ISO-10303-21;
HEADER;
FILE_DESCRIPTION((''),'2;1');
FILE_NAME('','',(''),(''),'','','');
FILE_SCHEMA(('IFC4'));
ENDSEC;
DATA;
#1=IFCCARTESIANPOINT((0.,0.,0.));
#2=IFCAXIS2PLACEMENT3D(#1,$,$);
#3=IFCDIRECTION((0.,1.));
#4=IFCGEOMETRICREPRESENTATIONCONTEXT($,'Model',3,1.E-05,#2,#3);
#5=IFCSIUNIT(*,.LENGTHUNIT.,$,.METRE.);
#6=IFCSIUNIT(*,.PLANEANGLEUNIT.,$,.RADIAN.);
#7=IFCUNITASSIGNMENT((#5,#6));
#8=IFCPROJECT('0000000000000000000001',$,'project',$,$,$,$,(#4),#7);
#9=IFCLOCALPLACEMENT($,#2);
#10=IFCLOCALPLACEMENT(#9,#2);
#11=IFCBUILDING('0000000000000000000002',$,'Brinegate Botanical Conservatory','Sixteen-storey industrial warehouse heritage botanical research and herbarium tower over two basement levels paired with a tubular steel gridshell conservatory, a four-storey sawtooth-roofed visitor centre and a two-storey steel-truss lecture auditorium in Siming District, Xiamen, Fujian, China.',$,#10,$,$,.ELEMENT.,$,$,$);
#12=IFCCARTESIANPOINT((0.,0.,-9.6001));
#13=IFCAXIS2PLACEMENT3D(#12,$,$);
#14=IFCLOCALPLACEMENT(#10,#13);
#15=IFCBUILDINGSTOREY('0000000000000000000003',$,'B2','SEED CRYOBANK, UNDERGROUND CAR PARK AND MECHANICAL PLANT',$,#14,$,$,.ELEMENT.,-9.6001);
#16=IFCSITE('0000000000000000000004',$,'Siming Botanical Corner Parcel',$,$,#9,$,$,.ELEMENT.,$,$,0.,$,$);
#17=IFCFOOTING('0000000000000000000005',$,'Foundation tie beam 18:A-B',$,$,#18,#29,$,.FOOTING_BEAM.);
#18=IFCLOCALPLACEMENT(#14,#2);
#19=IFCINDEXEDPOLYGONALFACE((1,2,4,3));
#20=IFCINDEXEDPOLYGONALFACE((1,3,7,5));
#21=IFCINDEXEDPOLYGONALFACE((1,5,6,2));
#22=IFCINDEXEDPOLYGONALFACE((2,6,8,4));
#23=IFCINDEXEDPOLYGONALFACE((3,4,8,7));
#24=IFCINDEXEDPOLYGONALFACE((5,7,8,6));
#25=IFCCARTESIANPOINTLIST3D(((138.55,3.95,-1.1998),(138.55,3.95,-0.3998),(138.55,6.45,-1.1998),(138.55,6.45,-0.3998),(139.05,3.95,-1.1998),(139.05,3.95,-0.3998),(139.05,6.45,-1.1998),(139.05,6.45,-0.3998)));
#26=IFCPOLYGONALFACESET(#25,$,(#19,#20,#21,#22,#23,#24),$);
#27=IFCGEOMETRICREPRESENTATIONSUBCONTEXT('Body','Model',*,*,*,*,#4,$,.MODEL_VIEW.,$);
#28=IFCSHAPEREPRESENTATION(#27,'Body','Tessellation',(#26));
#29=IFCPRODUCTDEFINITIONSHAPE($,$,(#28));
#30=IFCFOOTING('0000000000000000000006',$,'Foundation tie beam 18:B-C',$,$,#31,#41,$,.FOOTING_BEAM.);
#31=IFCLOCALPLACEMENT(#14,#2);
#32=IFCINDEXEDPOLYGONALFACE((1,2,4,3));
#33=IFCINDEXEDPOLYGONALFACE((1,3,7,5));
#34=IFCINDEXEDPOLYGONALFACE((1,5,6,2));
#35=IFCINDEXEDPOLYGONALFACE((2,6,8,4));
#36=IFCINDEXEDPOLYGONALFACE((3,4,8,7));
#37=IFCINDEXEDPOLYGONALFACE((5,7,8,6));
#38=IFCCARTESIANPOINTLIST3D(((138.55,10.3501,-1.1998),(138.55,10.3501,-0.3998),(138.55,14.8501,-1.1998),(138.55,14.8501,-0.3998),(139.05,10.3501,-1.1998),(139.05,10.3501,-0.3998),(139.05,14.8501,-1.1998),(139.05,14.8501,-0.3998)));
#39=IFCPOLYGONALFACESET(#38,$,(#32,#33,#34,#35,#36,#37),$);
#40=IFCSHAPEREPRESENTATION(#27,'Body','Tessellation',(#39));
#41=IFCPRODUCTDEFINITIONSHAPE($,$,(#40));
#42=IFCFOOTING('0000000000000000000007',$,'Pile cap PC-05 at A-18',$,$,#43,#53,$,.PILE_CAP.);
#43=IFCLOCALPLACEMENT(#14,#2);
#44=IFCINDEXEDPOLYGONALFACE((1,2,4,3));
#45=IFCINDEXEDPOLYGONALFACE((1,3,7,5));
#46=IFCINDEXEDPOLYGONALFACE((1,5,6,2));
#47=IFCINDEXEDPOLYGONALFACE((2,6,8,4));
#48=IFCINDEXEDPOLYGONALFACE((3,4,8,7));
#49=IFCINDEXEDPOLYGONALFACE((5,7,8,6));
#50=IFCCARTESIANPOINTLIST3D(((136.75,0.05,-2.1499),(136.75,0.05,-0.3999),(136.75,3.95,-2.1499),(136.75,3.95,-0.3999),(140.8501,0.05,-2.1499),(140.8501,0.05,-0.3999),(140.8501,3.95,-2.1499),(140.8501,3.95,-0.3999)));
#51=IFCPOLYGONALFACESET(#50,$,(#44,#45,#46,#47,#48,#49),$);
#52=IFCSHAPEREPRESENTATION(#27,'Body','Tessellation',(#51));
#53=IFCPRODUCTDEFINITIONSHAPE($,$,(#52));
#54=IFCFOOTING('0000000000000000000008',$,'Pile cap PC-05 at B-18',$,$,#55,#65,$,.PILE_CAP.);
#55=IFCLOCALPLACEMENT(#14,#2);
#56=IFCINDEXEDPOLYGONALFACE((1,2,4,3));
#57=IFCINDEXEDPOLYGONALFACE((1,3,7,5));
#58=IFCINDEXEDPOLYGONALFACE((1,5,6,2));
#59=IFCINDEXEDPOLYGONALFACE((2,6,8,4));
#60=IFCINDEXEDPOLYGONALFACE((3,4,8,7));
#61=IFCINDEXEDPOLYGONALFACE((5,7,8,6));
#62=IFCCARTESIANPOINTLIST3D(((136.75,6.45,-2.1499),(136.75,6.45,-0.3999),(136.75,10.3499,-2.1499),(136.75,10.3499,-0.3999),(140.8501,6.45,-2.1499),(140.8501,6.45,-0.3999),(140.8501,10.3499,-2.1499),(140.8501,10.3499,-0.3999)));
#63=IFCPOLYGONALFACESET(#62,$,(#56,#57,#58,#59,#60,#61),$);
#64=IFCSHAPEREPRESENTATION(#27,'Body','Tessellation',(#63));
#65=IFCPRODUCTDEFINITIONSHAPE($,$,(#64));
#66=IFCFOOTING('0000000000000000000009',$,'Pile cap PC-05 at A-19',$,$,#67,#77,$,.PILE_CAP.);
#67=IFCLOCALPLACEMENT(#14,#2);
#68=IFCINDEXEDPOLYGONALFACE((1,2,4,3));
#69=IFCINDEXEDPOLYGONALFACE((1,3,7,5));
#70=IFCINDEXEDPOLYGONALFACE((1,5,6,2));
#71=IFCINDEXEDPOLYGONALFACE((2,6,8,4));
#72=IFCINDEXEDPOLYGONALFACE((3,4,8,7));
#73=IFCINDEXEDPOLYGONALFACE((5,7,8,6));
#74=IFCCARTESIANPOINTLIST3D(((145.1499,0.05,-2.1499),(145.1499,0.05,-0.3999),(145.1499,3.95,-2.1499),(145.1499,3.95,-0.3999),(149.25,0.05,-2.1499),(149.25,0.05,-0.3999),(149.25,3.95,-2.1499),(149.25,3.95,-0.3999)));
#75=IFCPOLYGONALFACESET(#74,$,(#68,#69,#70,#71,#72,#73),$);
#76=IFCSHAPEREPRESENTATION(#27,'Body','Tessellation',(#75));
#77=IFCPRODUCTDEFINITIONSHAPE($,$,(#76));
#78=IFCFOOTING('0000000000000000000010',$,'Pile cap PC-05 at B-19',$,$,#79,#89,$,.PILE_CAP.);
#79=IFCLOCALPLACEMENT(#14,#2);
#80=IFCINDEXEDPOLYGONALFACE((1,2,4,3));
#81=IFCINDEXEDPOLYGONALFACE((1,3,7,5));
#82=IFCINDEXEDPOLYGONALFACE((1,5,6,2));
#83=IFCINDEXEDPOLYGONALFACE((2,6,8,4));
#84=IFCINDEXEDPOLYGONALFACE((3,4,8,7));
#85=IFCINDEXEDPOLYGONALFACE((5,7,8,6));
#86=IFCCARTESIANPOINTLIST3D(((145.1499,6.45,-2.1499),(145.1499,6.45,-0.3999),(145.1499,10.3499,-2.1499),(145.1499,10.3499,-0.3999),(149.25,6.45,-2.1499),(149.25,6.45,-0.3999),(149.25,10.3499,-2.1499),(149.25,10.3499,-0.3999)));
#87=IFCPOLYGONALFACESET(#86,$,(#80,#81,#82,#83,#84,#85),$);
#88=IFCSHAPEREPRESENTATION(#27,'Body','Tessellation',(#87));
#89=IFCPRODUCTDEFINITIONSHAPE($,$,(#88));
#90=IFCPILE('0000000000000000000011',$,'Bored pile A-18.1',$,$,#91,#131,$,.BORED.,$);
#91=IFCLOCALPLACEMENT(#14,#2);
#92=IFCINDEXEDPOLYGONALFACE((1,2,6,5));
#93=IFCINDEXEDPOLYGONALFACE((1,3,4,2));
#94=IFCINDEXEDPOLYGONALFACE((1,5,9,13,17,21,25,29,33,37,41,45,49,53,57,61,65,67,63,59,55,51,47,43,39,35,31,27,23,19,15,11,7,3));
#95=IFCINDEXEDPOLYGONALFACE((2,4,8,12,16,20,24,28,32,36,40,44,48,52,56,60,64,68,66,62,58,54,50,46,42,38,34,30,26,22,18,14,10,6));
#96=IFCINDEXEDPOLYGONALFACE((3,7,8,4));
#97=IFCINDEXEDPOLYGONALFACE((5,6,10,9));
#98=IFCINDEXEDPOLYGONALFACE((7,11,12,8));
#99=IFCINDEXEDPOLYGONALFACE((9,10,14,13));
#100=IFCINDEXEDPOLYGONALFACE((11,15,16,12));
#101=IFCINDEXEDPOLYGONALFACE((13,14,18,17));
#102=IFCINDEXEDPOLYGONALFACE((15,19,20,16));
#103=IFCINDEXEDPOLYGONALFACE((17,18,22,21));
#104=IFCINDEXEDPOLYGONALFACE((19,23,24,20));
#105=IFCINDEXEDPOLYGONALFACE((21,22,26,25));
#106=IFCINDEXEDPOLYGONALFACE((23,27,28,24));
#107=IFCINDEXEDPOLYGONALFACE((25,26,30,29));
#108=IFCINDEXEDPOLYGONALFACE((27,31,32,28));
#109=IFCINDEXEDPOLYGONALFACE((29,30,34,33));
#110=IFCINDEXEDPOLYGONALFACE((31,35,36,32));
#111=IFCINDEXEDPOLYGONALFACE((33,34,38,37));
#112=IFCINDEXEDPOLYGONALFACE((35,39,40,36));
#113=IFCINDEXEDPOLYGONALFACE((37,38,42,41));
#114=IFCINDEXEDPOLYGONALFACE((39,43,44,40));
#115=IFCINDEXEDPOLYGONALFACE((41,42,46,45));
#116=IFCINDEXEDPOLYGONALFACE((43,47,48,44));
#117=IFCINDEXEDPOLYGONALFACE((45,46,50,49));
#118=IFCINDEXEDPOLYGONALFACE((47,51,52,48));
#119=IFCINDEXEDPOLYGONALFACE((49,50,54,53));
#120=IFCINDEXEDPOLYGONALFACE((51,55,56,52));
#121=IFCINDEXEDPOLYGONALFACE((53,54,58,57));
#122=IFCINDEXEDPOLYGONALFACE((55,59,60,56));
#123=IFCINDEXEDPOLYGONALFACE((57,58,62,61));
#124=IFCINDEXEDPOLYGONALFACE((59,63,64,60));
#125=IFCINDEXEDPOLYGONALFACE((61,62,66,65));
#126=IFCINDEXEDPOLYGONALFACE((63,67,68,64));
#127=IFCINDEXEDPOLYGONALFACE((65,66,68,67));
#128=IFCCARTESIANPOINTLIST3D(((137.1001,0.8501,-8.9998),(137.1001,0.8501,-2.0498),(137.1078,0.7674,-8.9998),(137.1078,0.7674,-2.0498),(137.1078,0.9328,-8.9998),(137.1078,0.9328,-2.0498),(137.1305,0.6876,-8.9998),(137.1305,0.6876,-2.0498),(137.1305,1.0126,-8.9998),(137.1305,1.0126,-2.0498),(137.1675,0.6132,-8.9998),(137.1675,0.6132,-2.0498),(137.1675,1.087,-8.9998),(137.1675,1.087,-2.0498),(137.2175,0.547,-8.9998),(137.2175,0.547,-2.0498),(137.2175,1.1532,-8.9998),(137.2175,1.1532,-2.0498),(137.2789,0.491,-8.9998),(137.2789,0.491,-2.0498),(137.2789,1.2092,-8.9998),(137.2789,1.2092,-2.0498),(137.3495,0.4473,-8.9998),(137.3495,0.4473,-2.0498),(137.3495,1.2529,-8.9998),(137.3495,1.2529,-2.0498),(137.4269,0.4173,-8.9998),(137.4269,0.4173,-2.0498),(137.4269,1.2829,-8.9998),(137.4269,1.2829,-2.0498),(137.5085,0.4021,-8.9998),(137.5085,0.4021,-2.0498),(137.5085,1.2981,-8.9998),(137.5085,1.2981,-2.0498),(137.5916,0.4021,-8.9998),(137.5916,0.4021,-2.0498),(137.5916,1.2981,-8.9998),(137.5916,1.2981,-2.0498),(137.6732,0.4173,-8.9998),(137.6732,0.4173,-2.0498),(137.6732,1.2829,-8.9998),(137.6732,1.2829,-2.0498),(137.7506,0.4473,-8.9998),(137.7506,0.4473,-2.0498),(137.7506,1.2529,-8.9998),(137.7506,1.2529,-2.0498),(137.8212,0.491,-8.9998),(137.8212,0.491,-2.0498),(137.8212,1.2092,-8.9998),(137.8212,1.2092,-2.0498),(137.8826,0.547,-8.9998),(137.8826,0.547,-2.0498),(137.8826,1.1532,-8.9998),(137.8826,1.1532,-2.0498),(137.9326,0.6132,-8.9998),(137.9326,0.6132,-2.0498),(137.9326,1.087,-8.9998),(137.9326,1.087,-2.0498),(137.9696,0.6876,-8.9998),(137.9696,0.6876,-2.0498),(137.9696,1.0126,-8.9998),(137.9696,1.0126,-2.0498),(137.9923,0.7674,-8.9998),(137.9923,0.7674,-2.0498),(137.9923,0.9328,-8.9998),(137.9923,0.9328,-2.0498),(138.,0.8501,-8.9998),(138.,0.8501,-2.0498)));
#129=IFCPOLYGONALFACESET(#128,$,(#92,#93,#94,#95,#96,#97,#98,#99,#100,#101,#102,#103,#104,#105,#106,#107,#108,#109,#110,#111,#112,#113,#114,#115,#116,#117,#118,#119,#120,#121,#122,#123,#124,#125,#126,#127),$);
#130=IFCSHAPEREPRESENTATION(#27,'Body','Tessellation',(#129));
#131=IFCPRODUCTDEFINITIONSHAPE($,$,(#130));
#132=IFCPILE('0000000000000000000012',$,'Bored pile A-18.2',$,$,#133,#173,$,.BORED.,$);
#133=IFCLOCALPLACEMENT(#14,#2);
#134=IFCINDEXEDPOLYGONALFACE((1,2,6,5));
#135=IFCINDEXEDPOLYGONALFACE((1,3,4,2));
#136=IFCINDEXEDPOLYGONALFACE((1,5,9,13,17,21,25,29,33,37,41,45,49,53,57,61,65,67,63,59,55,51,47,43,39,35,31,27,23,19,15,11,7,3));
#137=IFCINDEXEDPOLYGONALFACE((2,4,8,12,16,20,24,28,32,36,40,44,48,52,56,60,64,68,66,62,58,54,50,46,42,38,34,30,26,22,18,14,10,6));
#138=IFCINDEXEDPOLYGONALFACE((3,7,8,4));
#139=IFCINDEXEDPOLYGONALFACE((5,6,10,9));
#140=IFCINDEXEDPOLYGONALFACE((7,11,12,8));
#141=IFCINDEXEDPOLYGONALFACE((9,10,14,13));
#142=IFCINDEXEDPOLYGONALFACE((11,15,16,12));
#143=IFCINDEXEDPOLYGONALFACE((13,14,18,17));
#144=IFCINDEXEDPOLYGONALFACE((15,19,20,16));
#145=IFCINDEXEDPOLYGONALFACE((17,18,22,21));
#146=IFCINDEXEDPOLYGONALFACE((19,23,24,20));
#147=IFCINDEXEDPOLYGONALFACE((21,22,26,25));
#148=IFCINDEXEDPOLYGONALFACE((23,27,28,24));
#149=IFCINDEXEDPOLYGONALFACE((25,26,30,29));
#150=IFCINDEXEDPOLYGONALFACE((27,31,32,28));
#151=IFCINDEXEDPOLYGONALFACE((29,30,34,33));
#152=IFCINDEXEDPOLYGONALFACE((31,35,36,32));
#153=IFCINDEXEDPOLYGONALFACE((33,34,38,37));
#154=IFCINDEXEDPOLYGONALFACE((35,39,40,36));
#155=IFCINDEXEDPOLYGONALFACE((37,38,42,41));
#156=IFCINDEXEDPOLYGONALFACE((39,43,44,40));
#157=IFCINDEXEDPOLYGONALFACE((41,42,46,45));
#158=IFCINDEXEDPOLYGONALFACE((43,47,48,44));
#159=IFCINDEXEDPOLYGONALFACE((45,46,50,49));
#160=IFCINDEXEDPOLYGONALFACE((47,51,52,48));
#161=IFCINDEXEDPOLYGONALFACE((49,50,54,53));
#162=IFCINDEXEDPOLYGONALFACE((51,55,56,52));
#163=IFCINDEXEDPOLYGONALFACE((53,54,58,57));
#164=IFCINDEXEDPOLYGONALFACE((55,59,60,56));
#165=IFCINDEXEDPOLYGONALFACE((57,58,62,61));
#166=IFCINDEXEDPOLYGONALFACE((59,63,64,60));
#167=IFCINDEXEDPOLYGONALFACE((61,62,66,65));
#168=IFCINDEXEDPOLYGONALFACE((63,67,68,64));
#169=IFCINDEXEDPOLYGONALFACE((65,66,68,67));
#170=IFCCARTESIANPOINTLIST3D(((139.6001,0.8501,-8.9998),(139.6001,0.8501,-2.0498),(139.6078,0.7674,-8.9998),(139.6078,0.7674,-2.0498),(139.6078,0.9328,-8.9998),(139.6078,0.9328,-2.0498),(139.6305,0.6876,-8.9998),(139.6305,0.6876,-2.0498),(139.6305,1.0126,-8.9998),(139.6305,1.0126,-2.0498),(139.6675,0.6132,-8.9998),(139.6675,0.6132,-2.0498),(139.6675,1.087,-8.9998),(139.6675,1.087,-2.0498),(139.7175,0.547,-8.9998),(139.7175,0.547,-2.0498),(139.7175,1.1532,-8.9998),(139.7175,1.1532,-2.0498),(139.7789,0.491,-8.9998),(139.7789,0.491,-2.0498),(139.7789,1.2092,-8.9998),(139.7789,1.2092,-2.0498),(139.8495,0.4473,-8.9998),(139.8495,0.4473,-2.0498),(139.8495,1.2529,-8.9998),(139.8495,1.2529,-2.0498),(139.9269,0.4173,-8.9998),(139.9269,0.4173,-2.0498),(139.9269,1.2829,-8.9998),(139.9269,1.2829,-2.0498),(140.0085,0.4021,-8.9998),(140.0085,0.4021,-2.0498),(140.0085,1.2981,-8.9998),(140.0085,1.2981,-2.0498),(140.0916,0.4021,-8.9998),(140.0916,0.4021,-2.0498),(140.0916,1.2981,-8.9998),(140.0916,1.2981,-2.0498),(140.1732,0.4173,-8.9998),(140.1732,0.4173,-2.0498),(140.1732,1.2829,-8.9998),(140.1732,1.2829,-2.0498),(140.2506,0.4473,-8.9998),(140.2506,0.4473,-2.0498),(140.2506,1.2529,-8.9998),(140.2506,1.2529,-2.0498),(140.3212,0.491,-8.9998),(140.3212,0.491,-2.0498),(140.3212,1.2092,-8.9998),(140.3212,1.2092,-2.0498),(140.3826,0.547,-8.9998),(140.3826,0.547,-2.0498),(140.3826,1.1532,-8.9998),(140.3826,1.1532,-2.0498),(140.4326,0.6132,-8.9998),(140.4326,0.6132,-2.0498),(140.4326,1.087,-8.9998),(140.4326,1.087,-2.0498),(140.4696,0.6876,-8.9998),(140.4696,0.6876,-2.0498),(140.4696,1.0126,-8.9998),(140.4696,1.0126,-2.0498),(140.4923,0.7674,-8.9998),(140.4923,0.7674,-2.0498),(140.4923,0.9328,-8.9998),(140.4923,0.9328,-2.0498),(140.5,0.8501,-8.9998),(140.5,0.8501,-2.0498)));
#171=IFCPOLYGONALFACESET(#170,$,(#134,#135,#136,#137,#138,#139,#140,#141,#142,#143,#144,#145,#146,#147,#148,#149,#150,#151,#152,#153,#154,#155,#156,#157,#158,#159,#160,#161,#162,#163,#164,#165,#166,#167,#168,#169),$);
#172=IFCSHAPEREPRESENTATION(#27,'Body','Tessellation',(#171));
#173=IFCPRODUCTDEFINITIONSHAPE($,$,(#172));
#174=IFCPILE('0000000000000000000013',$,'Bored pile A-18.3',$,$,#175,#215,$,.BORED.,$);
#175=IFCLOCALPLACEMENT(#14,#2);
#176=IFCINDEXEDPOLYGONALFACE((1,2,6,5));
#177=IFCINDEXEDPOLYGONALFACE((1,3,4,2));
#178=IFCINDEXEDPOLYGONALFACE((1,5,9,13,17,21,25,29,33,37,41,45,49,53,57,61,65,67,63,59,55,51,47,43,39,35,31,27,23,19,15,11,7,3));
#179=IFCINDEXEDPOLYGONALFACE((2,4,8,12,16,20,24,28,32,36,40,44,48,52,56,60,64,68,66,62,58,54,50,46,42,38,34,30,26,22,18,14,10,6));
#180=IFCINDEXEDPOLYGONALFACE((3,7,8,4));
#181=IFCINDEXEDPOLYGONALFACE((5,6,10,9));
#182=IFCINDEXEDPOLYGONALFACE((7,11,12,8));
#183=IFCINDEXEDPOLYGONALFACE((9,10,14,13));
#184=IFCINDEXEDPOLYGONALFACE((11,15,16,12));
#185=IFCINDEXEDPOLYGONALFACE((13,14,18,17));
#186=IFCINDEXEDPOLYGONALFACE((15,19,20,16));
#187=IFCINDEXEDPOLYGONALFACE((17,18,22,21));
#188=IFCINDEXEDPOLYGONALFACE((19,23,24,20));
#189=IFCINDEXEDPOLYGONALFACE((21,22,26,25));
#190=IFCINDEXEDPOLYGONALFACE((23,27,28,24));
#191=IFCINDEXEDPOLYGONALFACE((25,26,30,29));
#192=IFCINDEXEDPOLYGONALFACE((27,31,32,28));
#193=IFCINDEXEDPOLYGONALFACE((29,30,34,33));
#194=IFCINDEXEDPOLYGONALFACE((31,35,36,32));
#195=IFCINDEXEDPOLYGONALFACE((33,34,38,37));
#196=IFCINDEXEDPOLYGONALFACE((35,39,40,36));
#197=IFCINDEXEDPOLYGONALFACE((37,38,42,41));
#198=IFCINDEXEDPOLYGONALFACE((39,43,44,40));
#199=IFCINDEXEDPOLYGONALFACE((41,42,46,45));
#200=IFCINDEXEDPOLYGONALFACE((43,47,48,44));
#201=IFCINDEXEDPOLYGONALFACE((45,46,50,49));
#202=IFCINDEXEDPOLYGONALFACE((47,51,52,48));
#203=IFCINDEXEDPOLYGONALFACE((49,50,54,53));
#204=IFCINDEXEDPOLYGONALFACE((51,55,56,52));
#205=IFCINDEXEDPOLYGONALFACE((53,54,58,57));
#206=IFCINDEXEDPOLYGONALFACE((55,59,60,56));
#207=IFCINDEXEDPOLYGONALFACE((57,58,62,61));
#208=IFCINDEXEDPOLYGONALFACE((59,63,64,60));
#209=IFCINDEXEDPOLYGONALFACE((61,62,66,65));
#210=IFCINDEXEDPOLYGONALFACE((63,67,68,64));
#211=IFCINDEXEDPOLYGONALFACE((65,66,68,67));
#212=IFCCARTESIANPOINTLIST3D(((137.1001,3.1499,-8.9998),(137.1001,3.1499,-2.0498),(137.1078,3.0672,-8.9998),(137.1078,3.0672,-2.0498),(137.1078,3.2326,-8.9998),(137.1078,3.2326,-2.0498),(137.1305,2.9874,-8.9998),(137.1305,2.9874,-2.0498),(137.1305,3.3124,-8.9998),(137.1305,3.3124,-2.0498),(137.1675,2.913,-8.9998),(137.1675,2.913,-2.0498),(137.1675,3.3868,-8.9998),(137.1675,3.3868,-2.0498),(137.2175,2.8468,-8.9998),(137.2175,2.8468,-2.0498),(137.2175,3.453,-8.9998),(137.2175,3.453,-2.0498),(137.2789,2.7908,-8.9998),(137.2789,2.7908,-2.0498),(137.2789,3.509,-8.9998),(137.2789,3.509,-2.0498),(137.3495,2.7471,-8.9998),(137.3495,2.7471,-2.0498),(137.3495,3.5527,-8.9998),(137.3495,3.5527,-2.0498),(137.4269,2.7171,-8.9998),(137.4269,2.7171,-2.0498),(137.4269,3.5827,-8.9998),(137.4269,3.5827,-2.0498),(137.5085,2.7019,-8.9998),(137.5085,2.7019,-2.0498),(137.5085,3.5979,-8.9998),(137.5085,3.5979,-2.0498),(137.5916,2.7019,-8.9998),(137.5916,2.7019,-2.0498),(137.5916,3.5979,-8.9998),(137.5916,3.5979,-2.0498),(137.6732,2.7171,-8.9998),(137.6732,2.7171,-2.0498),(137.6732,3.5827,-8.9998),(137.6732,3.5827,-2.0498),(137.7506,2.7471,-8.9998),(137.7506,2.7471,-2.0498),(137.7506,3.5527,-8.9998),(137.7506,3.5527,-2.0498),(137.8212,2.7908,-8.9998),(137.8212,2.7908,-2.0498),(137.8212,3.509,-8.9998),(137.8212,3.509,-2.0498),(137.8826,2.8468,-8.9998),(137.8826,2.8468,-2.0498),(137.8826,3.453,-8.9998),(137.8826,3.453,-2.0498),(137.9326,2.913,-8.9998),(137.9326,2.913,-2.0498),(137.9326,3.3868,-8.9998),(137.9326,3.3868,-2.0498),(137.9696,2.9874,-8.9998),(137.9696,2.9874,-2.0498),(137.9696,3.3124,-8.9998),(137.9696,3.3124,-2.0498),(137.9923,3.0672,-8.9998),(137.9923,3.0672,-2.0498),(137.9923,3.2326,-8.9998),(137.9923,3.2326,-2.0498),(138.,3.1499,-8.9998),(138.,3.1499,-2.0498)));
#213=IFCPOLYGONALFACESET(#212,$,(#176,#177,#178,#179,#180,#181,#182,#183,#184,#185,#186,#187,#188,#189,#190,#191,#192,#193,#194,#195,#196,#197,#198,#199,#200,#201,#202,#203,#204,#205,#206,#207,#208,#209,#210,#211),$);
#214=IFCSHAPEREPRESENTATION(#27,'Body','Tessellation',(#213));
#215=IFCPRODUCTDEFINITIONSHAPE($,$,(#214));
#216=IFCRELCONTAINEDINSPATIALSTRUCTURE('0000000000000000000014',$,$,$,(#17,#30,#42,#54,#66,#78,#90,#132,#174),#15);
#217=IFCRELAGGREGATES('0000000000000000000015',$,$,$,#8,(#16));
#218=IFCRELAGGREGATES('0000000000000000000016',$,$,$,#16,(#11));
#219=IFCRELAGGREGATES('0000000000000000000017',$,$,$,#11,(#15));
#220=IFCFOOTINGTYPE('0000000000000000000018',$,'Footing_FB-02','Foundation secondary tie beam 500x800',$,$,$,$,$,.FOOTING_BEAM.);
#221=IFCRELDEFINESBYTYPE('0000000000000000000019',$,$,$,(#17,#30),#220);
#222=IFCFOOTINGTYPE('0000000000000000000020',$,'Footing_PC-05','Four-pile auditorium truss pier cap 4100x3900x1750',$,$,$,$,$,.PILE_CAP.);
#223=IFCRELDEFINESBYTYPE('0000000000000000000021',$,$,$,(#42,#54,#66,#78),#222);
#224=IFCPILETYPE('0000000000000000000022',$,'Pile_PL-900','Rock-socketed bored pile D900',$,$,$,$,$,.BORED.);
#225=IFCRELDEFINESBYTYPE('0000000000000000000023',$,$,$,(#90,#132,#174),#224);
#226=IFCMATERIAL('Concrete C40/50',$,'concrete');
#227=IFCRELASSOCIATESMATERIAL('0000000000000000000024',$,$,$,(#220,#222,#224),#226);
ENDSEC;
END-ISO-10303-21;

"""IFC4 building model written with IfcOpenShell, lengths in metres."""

from ifc_helpers import new_model, si_unit, direction, frame, origin, origin_2d, place, context, subcontext, project, spatial, rectangle, circle, extrude, material, material_profile, profile_set, type_object, element, save


model = new_model("IFC4")

# Units and contexts
model_context = context("Model", 3, precision=1e-05, world=origin(), true_north=direction((0.0, 1.0)))
body_context = subcontext(model_context, "Body", "Model", "MODEL_VIEW")
ifc_project = project(units=[si_unit("LENGTHUNIT", "METRE"), si_unit("PLANEANGLEUNIT", "RADIAN")], contexts=[model_context])

# Site, building, storey
site_placement = place(None, origin())
site = spatial("IfcSite", under=ifc_project, at=site_placement, Name="Siming Botanical Corner Parcel", CompositionType="ELEMENT", RefElevation=0.0)
building_placement = place(site_placement, origin())
building = spatial("IfcBuilding", under=site, at=building_placement, Name="Brinegate Botanical Conservatory", Description="Sixteen-storey industrial warehouse heritage botanical research and herbarium tower over two basement levels paired with a tubular steel gridshell conservatory, a four-storey sawtooth-roofed visitor centre and a two-storey steel-truss lecture auditorium in Siming District, Xiamen, Fujian, China.", CompositionType="ELEMENT")
storey_placement = place(building_placement, frame((0.0, 0.0, -9.6001)))
storey = spatial("IfcBuildingStorey", under=building, at=storey_placement, Name="B2", Description="SEED CRYOBANK, UNDERGROUND CAR PARK AND MECHANICAL PLANT", CompositionType="ELEMENT", Elevation=-9.6001)

# Footings
ifc_material_1 = material(Name="Concrete C40/50", Category="concrete")
ifc_material_profile_1 = material_profile(ifc_material_1, rectangle(XDim=0.5, YDim=0.8, at=origin_2d()), Name="RC GB 500x800")
ifc_profile_set_1 = profile_set([ifc_material_profile_1], Name="Concrete C40/50")
footing_type_1 = type_object("IfcFootingType", Name="Footing_FB-02", Description="Foundation secondary tie beam 500x800", PredefinedType="FOOTING_BEAM", material=ifc_profile_set_1)
footing_1_placement = place(storey_placement, frame((138.8, 3.95, -0.7998), z_axis=(0.0, 1.0, 0.0), x_axis=(-1.0, 0.0, 0.0)))
element("IfcFooting", 1, at=footing_1_placement, inside=storey, type_object=footing_type_1, Name="Foundation tie beam 18:A-B", PredefinedType="FOOTING_BEAM", context=body_context, shape_type="SweptSolid", body=[
    extrude(rectangle(XDim=0.5, YDim=0.8, at=origin_2d()), origin(), (0.0, 0.0, 1.0), 2.5),
])
footing_2_placement = place(storey_placement, frame((138.8, 10.3501, -0.7998), z_axis=(0.0, 1.0, 0.0), x_axis=(-1.0, 0.0, 0.0)))
element("IfcFooting", 2, at=footing_2_placement, inside=storey, type_object=footing_type_1, Name="Foundation tie beam 18:B-C", PredefinedType="FOOTING_BEAM", context=body_context, shape_type="SweptSolid", body=[
    extrude(rectangle(XDim=0.5, YDim=0.8, at=origin_2d()), origin(), (0.0, 0.0, 1.0), 4.5),
])
footing_type_2 = type_object("IfcFootingType", Name="Footing_PC-05", Description="Four-pile auditorium truss pier cap 4100x3900x1750", PredefinedType="PILE_CAP", material=ifc_material_1)
for number, where, z_axis, x_axis, name in (
    (3, (138.8, 2.0, -2.1499), (0.0, 0.0, 1.0), (1.0, 0.0, 0.0), "Pile cap PC-05 at A-18"),
    (4, (138.8, 8.3999, -2.1499), (0.0, 0.0, 1.0), (1.0, 0.0, 0.0), "Pile cap PC-05 at B-18"),
    (5, (147.2, 2.0, -2.1499), (0.0, 0.0, 1.0), (1.0, 0.0, 0.0), "Pile cap PC-05 at A-19"),
    (6, (147.2, 8.3999, -2.1499), (0.0, 0.0, 1.0), (1.0, 0.0, 0.0), "Pile cap PC-05 at B-19"),
):
    element("IfcFooting", number, at=place(storey_placement, frame(where, z_axis=z_axis, x_axis=x_axis)), inside=storey, type_object=footing_type_2, Name=name, PredefinedType="PILE_CAP", context=body_context, shape_type="SweptSolid", body=[
        extrude(rectangle(XDim=4.1001, YDim=3.8999, at=origin_2d()), origin(), (0.0, 0.0, 1.0), 1.75),
    ])

# Piles
ifc_material_profile_2 = material_profile(ifc_material_1, circle(Radius=0.45, at=origin_2d()), Name="PILE D900")
ifc_profile_set_2 = profile_set([ifc_material_profile_2], Name="Concrete C40/50")
pile_type = type_object("IfcPileType", Name="Pile_PL-900", Description="Rock-socketed bored pile D900", PredefinedType="BORED", material=ifc_profile_set_2)
for number, where, z_axis, x_axis, name in (
    (7, (137.55, 0.8501, -2.0498), (0.0, 0.0, -1.0), (1.0, 0.0, 0.0), "Bored pile A-18.1"),
    (8, (140.05, 0.8501, -2.0498), (0.0, 0.0, -1.0), (1.0, 0.0, 0.0), "Bored pile A-18.2"),
    (9, (137.55, 3.1499, -2.0498), (0.0, 0.0, -1.0), (1.0, 0.0, 0.0), "Bored pile A-18.3"),
):
    element("IfcPile", number, at=place(storey_placement, frame(where, z_axis=z_axis, x_axis=x_axis)), inside=storey, type_object=pile_type, Name=name, PredefinedType="BORED", context=body_context, shape_type="SweptSolid", body=[
        extrude(circle(Radius=0.45, at=origin_2d()), origin(), (0.0, 0.0, 1.0), 6.95),
    ])

save(model, "model.ifc")
